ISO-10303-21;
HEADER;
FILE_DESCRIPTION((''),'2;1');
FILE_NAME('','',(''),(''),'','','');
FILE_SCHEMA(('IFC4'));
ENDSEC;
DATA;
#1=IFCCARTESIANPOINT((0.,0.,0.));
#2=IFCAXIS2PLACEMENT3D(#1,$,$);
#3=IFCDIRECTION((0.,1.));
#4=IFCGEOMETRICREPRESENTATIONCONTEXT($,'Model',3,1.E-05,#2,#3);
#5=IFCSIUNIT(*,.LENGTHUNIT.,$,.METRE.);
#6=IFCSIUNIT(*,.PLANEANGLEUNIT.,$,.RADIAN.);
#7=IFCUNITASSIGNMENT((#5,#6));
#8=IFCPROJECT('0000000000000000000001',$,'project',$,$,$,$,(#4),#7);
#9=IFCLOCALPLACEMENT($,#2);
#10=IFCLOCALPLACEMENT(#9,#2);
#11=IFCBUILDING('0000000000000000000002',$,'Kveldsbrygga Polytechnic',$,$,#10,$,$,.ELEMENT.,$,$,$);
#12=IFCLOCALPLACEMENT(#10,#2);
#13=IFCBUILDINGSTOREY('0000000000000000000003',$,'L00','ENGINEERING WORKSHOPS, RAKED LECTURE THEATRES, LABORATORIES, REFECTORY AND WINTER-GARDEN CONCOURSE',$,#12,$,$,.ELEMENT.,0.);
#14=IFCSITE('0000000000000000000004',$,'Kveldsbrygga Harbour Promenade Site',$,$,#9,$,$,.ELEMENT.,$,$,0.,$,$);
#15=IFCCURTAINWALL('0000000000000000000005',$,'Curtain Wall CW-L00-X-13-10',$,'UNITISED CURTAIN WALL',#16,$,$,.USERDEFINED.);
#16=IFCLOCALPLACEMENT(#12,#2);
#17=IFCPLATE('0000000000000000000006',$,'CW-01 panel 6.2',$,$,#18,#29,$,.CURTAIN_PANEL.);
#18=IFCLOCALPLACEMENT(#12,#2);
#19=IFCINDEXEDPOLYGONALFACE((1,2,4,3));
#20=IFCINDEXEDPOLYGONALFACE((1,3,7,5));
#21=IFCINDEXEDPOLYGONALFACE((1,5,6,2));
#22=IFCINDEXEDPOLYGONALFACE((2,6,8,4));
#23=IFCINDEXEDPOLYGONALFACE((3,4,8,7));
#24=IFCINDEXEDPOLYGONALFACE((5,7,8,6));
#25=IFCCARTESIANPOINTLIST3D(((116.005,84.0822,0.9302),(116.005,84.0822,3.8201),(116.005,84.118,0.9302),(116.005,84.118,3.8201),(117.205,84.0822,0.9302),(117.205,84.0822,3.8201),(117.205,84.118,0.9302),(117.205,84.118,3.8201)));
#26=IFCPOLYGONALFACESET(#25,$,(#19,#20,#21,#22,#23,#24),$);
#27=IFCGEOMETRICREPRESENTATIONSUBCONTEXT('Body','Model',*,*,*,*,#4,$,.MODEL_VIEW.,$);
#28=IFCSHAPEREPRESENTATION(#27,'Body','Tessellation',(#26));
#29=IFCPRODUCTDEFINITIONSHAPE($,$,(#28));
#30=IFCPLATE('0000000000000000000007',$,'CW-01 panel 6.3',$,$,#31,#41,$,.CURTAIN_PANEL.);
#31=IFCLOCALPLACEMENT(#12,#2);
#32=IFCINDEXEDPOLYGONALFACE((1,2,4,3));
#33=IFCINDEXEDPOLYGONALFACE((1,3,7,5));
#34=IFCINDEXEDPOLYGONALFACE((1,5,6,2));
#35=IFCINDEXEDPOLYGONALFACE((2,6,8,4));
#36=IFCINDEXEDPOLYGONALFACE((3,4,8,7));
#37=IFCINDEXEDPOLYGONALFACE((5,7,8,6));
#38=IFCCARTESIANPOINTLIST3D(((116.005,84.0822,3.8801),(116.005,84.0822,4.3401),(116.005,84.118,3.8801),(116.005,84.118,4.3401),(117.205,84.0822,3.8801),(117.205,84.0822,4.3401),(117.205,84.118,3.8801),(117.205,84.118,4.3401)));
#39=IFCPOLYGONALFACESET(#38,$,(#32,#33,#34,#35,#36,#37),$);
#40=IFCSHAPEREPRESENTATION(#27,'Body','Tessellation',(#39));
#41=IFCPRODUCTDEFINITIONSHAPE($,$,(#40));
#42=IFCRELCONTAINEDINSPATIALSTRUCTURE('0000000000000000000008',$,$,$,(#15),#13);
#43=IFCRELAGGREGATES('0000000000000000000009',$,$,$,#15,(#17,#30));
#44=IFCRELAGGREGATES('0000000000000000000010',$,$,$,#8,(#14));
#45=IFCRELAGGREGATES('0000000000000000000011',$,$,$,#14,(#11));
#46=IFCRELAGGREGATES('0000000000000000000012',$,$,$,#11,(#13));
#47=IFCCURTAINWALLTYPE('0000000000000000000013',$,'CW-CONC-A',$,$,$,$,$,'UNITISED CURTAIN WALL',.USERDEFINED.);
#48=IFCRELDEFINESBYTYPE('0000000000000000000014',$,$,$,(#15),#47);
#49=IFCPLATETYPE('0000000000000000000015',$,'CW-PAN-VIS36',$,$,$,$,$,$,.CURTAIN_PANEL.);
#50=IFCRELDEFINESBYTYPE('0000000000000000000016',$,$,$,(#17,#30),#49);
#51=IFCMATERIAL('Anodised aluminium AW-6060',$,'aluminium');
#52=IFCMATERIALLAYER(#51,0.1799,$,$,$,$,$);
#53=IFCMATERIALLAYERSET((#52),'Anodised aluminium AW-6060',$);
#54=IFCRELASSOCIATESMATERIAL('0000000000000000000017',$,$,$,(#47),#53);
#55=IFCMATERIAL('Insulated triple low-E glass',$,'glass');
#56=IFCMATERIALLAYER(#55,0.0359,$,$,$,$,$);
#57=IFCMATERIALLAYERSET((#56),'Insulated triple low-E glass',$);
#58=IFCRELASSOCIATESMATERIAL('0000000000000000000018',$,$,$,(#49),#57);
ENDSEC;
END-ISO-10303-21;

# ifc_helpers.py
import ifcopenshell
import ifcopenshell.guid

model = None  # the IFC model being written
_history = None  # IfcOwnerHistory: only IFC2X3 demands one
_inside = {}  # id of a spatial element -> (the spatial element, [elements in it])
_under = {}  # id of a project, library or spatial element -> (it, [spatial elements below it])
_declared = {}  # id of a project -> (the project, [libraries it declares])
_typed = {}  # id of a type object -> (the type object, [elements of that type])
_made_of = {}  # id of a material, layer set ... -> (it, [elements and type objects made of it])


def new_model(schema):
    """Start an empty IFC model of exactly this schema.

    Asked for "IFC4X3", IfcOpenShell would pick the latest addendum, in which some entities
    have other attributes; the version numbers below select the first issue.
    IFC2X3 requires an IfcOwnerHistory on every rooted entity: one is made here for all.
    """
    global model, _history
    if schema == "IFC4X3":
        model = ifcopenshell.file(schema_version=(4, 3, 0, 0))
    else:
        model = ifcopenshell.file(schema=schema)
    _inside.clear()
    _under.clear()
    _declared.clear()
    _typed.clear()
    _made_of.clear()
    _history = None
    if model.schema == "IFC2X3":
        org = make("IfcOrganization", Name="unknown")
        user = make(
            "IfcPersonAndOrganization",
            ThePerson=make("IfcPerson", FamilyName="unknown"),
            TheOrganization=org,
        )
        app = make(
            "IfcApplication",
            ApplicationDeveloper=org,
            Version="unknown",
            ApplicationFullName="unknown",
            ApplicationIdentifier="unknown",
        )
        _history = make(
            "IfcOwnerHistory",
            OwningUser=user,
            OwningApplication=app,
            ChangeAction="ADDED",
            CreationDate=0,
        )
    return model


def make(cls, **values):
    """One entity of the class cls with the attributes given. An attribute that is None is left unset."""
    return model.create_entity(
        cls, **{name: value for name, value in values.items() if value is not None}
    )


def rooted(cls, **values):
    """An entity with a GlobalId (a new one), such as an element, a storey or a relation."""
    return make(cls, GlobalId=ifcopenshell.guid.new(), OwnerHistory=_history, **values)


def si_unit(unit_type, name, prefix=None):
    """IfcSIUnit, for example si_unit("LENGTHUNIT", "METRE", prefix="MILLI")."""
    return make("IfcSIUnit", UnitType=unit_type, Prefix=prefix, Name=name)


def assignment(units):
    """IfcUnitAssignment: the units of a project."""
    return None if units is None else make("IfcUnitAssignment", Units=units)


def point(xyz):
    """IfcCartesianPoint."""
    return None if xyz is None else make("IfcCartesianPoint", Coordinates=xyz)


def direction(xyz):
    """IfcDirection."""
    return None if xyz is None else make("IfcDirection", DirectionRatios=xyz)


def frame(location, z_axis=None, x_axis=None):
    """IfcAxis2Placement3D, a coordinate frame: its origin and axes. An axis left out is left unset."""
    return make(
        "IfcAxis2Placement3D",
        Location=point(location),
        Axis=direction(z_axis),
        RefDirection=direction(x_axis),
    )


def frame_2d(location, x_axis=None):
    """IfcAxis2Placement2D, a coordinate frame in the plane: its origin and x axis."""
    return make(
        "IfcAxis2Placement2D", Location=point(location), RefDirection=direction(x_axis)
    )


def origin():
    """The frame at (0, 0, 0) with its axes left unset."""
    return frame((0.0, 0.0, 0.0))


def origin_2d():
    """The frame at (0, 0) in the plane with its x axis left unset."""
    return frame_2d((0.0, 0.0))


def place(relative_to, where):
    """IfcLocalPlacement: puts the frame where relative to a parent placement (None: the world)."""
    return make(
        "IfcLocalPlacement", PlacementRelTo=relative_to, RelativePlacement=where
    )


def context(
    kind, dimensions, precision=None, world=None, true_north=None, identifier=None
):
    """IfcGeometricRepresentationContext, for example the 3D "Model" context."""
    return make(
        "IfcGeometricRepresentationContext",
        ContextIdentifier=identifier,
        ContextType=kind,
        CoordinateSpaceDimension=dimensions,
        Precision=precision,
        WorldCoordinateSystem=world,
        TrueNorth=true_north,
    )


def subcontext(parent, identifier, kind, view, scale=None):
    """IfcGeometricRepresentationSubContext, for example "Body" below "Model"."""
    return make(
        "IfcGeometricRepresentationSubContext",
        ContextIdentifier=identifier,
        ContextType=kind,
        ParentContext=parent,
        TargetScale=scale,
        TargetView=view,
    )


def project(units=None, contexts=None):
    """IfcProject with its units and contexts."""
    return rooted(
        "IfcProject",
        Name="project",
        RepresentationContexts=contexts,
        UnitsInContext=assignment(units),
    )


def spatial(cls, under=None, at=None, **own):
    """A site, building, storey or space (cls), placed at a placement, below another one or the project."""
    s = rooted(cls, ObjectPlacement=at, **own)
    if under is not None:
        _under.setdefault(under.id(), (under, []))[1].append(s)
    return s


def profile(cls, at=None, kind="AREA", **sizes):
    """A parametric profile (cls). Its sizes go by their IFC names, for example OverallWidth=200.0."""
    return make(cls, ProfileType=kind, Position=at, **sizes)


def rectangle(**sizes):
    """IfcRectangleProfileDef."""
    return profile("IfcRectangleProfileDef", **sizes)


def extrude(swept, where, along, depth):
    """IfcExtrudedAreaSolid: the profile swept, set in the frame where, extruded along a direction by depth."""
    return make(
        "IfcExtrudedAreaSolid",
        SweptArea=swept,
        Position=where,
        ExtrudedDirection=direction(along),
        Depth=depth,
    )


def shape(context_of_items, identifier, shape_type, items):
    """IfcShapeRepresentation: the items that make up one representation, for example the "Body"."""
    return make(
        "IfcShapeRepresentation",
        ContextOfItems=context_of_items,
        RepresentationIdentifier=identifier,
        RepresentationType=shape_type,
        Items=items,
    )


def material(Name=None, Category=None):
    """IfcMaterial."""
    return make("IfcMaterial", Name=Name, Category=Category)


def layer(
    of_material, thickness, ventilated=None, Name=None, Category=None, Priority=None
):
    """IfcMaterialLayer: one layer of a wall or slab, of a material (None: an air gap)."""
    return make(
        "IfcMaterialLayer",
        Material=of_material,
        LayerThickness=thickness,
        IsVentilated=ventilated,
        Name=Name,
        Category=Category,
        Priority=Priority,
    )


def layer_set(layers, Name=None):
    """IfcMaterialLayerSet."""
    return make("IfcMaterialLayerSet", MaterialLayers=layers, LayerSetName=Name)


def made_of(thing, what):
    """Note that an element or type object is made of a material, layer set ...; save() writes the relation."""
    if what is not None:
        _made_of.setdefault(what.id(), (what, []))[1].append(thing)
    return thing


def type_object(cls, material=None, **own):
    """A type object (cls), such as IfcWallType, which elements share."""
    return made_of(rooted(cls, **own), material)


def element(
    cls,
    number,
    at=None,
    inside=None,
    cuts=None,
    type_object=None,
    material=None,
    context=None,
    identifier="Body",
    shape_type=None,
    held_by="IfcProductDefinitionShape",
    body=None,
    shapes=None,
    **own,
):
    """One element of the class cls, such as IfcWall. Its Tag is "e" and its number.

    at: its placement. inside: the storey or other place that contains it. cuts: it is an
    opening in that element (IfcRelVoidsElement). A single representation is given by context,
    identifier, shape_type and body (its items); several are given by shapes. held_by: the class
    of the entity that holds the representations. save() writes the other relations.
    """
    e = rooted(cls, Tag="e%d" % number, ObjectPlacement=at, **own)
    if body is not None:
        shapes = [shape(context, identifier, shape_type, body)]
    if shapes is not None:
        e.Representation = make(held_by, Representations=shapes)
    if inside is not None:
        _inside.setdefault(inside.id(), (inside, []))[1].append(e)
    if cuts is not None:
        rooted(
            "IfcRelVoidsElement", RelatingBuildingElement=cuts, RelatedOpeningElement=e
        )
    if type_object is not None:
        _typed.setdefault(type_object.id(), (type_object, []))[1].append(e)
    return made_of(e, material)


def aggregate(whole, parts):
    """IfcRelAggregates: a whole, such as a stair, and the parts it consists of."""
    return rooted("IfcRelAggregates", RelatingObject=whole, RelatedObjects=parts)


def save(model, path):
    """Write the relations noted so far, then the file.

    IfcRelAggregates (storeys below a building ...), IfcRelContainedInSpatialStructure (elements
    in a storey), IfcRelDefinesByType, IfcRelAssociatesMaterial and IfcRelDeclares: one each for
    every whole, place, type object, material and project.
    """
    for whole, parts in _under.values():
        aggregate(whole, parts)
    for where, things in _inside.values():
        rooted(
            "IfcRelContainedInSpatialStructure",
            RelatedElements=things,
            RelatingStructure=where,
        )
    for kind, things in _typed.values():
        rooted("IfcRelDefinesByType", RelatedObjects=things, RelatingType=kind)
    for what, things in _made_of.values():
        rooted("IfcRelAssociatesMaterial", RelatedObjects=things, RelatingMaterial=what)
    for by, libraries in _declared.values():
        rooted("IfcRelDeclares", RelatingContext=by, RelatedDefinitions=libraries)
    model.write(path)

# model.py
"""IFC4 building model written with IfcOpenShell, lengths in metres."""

from ifc_helpers import new_model, si_unit, direction, frame, origin, origin_2d, place, context, subcontext, project, spatial, rectangle, extrude, material, layer, layer_set, type_object, element, aggregate, save


model = new_model("IFC4")

# Units and contexts
model_context = context("Model", 3, precision=1e-05, world=origin(), true_north=direction((0.0, 1.0)))
body_context = subcontext(model_context, "Body", "Model", "MODEL_VIEW")
ifc_project = project(units=[si_unit("LENGTHUNIT", "METRE"), si_unit("PLANEANGLEUNIT", "RADIAN")], contexts=[model_context])

# Site, building, storey
site_placement = place(None, origin())
site = spatial("IfcSite", under=ifc_project, at=site_placement, Name="Kveldsbrygga Harbour Promenade Site", CompositionType="ELEMENT", RefElevation=0.0)
building_placement = place(site_placement, origin())
building = spatial("IfcBuilding", under=site, at=building_placement, Name="Kveldsbrygga Polytechnic", CompositionType="ELEMENT")
storey_placement = place(building_placement, origin())
storey = spatial("IfcBuildingStorey", under=building, at=storey_placement, Name="L00", Description="ENGINEERING WORKSHOPS, RAKED LECTURE THEATRES, LABORATORIES, REFECTORY AND WINTER-GARDEN CONCOURSE", CompositionType="ELEMENT", Elevation=0.0)

# Curtain wall, plates
ifc_material_1 = material(Name="Anodised aluminium AW-6060", Category="aluminium")
ifc_layer_1 = layer(ifc_material_1, 0.1799)
ifc_layer_set_1 = layer_set([ifc_layer_1], Name="Anodised aluminium AW-6060")
curtain_wall_type = type_object("IfcCurtainWallType", Name="CW-CONC-A", ElementType="UNITISED CURTAIN WALL", PredefinedType="USERDEFINED", material=ifc_layer_set_1)
curtain_wall_placement = place(storey_placement, origin())
curtain_wall = element("IfcCurtainWall", 1, at=curtain_wall_placement, inside=storey, type_object=curtain_wall_type, Name="Curtain Wall CW-L00-X-13-10", ObjectType="UNITISED CURTAIN WALL", PredefinedType="USERDEFINED")
ifc_material_2 = material(Name="Insulated triple low-E glass", Category="glass")
ifc_layer_2 = layer(ifc_material_2, 0.0359)
ifc_layer_set_2 = layer_set([ifc_layer_2], Name="Insulated triple low-E glass")
plate_type = type_object("IfcPlateType", Name="CW-PAN-VIS36", PredefinedType="CURTAIN_PANEL", material=ifc_layer_set_2)
plate_1_placement = place(storey_placement, frame((116.605, 84.1001, 0.9302), z_axis=(0.0, 0.0, 1.0), x_axis=(1.0, 0.0, 0.0)))
plate_1 = element("IfcPlate", 2, at=plate_1_placement, type_object=plate_type, Name="CW-01 panel 6.2", PredefinedType="CURTAIN_PANEL", context=body_context, shape_type="SweptSolid", body=[
    extrude(rectangle(XDim=1.2, YDim=0.0359, at=origin_2d()), origin(), (0.0, 0.0, 1.0), 2.8899),
])
plate_2_placement = place(storey_placement, frame((116.605, 84.1001, 3.8801), z_axis=(0.0, 0.0, 1.0), x_axis=(1.0, 0.0, 0.0)))
plate_2 = element("IfcPlate", 3, at=plate_2_placement, type_object=plate_type, Name="CW-01 panel 6.3", PredefinedType="CURTAIN_PANEL", context=body_context, shape_type="SweptSolid", body=[
    extrude(rectangle(XDim=1.2, YDim=0.0359, at=origin_2d()), origin(), (0.0, 0.0, 1.0), 0.46),
])
aggregate(curtain_wall, [plate_1, plate_2])

save(model, "model.ifc")
